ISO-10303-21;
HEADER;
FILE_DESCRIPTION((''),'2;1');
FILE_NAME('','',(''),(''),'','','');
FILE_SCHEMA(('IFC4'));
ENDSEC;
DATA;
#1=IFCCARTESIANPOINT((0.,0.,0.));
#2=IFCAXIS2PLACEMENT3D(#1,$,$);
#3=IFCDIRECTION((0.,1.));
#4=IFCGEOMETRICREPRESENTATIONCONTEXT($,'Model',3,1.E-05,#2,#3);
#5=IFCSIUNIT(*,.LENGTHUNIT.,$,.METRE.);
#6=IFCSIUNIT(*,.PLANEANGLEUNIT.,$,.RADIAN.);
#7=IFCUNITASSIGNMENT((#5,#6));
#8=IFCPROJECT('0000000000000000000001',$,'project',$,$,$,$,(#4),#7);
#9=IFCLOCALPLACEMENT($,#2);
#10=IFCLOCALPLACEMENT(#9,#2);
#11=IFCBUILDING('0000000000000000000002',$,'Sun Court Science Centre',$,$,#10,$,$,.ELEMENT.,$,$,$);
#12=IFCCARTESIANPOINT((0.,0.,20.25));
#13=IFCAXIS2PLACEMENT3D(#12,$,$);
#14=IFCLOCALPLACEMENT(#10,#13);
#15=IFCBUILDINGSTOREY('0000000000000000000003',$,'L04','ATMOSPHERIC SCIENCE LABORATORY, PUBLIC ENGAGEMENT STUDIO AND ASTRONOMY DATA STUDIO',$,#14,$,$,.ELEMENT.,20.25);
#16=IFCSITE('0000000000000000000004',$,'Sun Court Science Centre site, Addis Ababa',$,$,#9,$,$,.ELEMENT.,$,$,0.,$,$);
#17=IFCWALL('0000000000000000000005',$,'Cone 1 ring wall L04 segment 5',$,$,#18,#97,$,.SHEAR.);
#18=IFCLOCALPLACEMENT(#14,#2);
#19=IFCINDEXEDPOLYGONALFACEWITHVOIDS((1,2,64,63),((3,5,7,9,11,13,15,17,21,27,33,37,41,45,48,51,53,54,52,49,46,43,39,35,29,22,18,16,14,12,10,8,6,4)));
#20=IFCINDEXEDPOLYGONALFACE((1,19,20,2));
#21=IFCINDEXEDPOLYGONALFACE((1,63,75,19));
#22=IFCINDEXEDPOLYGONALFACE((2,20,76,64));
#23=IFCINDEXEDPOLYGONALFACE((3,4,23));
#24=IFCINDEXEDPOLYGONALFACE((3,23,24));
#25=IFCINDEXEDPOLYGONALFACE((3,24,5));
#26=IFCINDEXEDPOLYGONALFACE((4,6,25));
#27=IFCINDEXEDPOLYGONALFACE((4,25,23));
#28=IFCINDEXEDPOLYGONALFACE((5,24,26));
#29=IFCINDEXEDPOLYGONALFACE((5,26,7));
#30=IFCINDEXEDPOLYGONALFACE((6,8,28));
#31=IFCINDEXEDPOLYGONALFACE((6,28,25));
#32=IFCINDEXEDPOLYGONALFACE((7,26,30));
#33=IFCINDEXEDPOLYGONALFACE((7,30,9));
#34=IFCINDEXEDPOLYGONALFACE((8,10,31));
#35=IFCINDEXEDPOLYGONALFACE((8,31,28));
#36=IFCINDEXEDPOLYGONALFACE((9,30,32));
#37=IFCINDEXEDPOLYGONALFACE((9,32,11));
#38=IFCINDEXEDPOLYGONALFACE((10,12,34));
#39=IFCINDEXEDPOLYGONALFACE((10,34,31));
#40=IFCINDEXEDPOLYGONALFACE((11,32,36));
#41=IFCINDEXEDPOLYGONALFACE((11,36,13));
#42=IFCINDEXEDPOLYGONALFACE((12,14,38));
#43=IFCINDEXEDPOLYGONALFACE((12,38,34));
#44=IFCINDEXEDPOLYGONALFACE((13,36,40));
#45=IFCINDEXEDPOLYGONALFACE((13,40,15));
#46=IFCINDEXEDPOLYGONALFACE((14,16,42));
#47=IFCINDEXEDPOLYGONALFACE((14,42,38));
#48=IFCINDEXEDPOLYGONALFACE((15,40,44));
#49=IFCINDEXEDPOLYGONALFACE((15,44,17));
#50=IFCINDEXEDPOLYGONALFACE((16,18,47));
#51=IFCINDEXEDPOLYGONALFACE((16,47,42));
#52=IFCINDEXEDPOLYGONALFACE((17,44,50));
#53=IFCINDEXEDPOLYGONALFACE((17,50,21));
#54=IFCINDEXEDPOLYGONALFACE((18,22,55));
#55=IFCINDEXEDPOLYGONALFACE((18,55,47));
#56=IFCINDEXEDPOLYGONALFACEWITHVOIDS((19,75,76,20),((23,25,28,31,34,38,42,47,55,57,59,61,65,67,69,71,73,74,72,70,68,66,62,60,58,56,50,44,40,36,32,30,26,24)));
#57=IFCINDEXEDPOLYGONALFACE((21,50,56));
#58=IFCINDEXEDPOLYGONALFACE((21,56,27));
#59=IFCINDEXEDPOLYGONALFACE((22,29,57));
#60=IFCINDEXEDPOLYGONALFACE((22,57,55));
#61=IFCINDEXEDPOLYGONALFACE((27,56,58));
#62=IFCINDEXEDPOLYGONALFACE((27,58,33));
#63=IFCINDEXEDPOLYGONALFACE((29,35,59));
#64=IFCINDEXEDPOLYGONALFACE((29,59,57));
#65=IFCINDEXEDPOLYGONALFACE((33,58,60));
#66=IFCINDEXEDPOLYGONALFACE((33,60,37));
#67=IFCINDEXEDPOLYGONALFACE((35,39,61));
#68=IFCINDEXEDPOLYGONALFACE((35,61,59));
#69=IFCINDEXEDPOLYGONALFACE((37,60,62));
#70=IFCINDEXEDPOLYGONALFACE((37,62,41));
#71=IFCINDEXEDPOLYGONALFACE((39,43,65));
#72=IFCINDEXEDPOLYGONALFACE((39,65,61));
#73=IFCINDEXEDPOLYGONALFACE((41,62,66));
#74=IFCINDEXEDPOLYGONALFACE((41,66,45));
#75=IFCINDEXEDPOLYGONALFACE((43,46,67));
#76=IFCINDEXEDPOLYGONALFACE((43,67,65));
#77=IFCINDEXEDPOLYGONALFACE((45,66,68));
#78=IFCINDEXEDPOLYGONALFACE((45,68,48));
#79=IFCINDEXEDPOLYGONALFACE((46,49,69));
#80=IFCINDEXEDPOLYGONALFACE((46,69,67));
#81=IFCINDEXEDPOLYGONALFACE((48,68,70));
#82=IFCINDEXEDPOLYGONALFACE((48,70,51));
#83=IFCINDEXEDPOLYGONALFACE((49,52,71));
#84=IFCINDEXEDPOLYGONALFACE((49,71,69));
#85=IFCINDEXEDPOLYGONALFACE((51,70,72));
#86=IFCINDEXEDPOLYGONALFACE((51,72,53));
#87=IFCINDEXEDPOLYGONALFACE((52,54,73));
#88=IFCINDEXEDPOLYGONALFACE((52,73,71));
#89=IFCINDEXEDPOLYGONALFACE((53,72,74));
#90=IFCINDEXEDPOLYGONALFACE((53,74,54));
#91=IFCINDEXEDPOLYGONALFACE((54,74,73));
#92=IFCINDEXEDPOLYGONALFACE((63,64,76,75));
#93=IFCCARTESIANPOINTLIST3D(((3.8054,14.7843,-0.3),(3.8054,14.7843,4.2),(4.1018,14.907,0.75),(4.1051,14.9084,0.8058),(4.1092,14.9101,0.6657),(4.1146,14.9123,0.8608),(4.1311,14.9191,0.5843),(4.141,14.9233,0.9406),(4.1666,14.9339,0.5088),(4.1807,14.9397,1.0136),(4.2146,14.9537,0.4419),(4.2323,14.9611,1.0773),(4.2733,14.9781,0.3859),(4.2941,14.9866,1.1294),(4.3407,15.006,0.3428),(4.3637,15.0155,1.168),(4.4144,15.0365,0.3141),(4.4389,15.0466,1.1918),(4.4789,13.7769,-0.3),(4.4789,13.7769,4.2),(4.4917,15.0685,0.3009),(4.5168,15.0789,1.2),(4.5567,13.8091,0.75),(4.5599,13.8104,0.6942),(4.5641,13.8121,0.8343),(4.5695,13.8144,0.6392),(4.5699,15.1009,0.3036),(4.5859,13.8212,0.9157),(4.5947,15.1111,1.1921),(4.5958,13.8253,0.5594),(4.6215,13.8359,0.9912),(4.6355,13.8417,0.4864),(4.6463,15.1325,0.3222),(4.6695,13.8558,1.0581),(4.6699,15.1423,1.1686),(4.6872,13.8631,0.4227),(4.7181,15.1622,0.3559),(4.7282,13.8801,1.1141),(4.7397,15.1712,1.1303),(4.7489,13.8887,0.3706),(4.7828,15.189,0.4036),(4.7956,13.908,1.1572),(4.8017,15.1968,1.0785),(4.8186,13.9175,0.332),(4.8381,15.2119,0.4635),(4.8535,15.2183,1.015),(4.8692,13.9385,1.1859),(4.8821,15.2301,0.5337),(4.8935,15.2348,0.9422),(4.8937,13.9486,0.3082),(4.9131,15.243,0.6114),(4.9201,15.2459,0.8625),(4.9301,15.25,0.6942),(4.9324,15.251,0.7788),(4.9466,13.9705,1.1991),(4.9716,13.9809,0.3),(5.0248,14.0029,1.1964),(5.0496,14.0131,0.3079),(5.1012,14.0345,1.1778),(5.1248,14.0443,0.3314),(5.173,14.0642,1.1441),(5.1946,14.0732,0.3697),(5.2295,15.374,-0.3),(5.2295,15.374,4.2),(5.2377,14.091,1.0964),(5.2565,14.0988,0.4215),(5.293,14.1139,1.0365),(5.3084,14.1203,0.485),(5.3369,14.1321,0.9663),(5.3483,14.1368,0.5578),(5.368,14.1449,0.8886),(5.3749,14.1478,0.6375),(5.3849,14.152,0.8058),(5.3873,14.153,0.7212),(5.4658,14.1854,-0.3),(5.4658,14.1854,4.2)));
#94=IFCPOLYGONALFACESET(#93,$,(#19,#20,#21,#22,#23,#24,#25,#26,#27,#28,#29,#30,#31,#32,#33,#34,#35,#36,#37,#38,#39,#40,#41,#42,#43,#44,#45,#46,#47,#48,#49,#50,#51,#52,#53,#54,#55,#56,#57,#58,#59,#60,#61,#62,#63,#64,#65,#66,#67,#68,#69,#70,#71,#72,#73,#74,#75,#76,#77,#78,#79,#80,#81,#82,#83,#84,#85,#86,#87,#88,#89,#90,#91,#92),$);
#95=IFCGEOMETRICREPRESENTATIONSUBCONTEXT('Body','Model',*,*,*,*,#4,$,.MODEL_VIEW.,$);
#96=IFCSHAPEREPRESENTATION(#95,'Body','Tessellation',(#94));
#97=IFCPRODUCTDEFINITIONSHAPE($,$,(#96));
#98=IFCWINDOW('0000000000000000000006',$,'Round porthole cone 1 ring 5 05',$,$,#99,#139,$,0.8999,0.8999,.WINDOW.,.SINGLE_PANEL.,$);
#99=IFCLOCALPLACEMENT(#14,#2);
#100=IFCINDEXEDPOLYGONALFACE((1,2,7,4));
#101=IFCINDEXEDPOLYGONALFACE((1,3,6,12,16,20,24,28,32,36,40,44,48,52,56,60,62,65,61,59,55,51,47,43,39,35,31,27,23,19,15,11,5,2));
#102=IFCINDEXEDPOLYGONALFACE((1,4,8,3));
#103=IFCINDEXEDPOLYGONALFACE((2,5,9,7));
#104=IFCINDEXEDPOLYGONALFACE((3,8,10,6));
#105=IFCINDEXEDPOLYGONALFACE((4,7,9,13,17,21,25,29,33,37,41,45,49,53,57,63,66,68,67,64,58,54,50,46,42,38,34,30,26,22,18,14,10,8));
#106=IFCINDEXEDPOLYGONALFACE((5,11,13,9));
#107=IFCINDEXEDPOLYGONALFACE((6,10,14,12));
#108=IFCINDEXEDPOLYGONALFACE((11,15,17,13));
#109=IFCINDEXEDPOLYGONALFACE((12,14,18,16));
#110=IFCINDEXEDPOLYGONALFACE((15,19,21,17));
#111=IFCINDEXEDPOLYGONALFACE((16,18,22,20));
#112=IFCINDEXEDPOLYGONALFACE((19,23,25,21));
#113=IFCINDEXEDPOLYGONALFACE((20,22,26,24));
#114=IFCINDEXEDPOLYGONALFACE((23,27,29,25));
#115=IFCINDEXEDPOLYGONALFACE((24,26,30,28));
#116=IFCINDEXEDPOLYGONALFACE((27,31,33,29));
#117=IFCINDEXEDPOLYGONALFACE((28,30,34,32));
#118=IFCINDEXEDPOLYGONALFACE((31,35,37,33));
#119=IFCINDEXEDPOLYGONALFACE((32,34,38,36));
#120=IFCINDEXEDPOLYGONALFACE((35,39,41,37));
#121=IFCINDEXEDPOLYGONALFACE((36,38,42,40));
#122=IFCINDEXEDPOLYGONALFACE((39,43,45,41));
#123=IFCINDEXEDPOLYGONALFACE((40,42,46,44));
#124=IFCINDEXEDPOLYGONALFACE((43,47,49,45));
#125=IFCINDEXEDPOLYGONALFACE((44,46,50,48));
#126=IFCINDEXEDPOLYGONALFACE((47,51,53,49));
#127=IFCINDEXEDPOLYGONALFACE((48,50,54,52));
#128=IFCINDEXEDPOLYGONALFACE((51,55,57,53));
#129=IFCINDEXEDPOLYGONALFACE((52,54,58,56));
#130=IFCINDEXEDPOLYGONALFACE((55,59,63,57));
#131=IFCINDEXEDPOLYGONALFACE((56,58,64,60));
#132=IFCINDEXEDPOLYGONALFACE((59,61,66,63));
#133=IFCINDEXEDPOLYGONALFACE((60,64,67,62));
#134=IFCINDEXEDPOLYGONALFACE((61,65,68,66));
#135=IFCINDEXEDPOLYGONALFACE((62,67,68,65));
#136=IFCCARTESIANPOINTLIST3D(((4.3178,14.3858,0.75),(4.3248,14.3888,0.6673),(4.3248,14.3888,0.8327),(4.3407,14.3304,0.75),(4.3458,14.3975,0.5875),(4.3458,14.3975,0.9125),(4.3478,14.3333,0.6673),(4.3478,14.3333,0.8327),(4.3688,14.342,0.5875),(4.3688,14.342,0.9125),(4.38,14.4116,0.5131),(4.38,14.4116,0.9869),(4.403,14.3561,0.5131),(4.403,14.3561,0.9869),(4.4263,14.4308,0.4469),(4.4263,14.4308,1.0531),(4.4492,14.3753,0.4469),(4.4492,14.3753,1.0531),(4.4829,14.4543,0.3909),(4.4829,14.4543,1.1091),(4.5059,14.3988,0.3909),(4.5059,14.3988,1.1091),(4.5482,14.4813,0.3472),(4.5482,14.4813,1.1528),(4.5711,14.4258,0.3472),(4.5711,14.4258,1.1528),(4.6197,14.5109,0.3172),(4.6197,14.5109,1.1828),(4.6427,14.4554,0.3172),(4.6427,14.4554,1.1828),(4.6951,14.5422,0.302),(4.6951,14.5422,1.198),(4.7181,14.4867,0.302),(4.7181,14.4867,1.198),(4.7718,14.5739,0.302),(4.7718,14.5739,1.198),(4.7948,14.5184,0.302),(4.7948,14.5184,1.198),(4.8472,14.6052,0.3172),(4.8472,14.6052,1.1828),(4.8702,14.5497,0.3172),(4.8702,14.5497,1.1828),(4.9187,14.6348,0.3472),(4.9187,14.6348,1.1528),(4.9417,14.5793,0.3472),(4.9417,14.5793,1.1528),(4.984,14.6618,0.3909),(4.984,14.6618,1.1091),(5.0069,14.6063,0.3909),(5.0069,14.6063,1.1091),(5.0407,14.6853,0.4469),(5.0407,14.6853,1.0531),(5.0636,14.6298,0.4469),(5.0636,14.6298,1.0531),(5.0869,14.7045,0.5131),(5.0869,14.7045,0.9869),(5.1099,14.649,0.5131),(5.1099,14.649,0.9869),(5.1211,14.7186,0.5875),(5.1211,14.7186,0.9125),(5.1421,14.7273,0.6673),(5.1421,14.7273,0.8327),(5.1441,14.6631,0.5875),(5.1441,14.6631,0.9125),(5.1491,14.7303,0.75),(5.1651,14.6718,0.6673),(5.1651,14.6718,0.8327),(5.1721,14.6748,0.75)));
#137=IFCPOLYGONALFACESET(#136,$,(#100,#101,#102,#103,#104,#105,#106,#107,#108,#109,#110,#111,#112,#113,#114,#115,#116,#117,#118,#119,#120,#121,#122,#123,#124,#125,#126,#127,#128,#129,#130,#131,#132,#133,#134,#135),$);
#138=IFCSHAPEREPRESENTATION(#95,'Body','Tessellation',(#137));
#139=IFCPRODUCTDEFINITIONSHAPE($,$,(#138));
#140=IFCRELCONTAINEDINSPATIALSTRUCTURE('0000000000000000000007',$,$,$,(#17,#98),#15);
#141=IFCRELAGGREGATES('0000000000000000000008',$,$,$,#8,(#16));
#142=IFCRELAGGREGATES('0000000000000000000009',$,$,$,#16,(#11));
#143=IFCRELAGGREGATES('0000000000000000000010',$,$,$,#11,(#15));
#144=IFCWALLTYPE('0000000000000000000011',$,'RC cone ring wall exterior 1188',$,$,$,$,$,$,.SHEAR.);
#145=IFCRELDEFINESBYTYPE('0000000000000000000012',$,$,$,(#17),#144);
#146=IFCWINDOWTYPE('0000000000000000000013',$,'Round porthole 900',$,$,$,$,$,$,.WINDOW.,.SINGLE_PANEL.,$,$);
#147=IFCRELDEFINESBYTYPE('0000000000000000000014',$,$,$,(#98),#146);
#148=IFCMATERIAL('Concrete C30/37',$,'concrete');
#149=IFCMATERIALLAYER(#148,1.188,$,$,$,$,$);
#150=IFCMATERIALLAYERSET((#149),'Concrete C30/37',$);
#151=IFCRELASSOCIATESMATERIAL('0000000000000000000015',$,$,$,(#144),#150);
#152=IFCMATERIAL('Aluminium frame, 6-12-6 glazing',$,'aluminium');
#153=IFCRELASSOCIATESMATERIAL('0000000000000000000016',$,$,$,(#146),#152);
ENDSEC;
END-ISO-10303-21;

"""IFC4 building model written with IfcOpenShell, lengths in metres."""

from ifc_helpers import new_model, si_unit, direction, frame, frame_2d, origin, place, context, subcontext, project, spatial, polyline, circle, outline, extrude, material, layer, layer_set, type_object, element, fill, save


model = new_model("IFC4")

# Units and contexts
model_context = context("Model", 3, precision=1e-05, world=origin(), true_north=direction((0.0, 1.0)))
body_context = subcontext(model_context, "Body", "Model", "MODEL_VIEW")
ifc_project = project(units=[si_unit("LENGTHUNIT", "METRE"), si_unit("PLANEANGLEUNIT", "RADIAN")], contexts=[model_context])

# Site, building, storey
site_placement = place(None, origin())
site = spatial("IfcSite", under=ifc_project, at=site_placement, Name="Sun Court Science Centre site, Addis Ababa", CompositionType="ELEMENT", RefElevation=0.0)
building_placement = place(site_placement, origin())
building = spatial("IfcBuilding", under=site, at=building_placement, Name="Sun Court Science Centre", CompositionType="ELEMENT")
storey_placement = place(building_placement, frame((0.0, 0.0, 20.25)))
storey = spatial("IfcBuildingStorey", under=building, at=storey_placement, Name="L04", Description="ATMOSPHERIC SCIENCE LABORATORY, PUBLIC ENGAGEMENT STUDIO AND ASTRONOMY DATA STUDIO", CompositionType="ELEMENT", Elevation=20.25)

# Wall, opening, window
ifc_material_1 = material(Name="Concrete C30/37", Category="concrete")
ifc_layer_1 = layer(ifc_material_1, 1.188)
ifc_layer_set_1 = layer_set([ifc_layer_1], Name="Concrete C30/37")
wall_type_1 = type_object("IfcWallType", Name="RC cone ring wall exterior 1188", PredefinedType="SHEAR", material=ifc_layer_set_1)
ifc_material_2 = material(Name="Aluminium frame, 6-12-6 glazing", Category="aluminium")
window_type = type_object("IfcWindowType", Name="Round porthole 900", PartitioningType="SINGLE_PANEL", PredefinedType="WINDOW", material=ifc_material_2)
wall_1_placement = place(storey_placement, frame((5.4568, 14.8252, -0.3), z_axis=(0.0, 0.0, 1.0), x_axis=(-0.923862, -0.382725, 0.0)))
wall_1 = element("IfcWall", 1, at=wall_1_placement, inside=storey, type_object=wall_type_1, Name="Cone 1 ring wall L04 segment 5", PredefinedType="SHEAR", context=body_context, shape_type="SweptSolid", body=[
    extrude(outline(polyline([(0.0, -0.594), (1.5413, -0.5942), (1.3047, 0.5942), (0.2366, 0.5945), (0.0, -0.594)])), origin(), (0.0, 0.0, 1.0), 4.5),
])
opening_1_placement = place(wall_1_placement, frame((0.3206, 0.0, 0.6001)))
opening_1 = element("IfcOpeningElement", 2, at=opening_1_placement, cuts=wall_1, PredefinedType="OPENING", context=body_context, shape_type="SweptSolid", body=[
    extrude(circle(Radius=0.45, at=frame_2d((0.45, 0.45))), frame((0.0, 0.6042, 0.0), z_axis=(0.0, -1.0, 0.0), x_axis=(1.0, 0.0, 0.0)), (0.0, 0.0, 1.0), 1.2085),
])
window_1_placement = place(opening_1_placement, origin())
window_1 = element("IfcWindow", 3, at=window_1_placement, inside=storey, type_object=window_type, Name="Round porthole cone 1 ring 5 05", OverallHeight=0.8999, OverallWidth=0.8999, PartitioningType="SINGLE_PANEL", PredefinedType="WINDOW", context=body_context, shape_type="SweptSolid", body=[
    extrude(circle(Radius=0.45, at=frame_2d((0.45, 0.45))), frame((0.0, 0.03, 0.0), z_axis=(0.0, -1.0, 0.0), x_axis=(1.0, 0.0, 0.0)), (0.0, 0.0, 1.0), 0.0601),
])
fill(opening_1, window_1)

save(model, "model.ifc")
